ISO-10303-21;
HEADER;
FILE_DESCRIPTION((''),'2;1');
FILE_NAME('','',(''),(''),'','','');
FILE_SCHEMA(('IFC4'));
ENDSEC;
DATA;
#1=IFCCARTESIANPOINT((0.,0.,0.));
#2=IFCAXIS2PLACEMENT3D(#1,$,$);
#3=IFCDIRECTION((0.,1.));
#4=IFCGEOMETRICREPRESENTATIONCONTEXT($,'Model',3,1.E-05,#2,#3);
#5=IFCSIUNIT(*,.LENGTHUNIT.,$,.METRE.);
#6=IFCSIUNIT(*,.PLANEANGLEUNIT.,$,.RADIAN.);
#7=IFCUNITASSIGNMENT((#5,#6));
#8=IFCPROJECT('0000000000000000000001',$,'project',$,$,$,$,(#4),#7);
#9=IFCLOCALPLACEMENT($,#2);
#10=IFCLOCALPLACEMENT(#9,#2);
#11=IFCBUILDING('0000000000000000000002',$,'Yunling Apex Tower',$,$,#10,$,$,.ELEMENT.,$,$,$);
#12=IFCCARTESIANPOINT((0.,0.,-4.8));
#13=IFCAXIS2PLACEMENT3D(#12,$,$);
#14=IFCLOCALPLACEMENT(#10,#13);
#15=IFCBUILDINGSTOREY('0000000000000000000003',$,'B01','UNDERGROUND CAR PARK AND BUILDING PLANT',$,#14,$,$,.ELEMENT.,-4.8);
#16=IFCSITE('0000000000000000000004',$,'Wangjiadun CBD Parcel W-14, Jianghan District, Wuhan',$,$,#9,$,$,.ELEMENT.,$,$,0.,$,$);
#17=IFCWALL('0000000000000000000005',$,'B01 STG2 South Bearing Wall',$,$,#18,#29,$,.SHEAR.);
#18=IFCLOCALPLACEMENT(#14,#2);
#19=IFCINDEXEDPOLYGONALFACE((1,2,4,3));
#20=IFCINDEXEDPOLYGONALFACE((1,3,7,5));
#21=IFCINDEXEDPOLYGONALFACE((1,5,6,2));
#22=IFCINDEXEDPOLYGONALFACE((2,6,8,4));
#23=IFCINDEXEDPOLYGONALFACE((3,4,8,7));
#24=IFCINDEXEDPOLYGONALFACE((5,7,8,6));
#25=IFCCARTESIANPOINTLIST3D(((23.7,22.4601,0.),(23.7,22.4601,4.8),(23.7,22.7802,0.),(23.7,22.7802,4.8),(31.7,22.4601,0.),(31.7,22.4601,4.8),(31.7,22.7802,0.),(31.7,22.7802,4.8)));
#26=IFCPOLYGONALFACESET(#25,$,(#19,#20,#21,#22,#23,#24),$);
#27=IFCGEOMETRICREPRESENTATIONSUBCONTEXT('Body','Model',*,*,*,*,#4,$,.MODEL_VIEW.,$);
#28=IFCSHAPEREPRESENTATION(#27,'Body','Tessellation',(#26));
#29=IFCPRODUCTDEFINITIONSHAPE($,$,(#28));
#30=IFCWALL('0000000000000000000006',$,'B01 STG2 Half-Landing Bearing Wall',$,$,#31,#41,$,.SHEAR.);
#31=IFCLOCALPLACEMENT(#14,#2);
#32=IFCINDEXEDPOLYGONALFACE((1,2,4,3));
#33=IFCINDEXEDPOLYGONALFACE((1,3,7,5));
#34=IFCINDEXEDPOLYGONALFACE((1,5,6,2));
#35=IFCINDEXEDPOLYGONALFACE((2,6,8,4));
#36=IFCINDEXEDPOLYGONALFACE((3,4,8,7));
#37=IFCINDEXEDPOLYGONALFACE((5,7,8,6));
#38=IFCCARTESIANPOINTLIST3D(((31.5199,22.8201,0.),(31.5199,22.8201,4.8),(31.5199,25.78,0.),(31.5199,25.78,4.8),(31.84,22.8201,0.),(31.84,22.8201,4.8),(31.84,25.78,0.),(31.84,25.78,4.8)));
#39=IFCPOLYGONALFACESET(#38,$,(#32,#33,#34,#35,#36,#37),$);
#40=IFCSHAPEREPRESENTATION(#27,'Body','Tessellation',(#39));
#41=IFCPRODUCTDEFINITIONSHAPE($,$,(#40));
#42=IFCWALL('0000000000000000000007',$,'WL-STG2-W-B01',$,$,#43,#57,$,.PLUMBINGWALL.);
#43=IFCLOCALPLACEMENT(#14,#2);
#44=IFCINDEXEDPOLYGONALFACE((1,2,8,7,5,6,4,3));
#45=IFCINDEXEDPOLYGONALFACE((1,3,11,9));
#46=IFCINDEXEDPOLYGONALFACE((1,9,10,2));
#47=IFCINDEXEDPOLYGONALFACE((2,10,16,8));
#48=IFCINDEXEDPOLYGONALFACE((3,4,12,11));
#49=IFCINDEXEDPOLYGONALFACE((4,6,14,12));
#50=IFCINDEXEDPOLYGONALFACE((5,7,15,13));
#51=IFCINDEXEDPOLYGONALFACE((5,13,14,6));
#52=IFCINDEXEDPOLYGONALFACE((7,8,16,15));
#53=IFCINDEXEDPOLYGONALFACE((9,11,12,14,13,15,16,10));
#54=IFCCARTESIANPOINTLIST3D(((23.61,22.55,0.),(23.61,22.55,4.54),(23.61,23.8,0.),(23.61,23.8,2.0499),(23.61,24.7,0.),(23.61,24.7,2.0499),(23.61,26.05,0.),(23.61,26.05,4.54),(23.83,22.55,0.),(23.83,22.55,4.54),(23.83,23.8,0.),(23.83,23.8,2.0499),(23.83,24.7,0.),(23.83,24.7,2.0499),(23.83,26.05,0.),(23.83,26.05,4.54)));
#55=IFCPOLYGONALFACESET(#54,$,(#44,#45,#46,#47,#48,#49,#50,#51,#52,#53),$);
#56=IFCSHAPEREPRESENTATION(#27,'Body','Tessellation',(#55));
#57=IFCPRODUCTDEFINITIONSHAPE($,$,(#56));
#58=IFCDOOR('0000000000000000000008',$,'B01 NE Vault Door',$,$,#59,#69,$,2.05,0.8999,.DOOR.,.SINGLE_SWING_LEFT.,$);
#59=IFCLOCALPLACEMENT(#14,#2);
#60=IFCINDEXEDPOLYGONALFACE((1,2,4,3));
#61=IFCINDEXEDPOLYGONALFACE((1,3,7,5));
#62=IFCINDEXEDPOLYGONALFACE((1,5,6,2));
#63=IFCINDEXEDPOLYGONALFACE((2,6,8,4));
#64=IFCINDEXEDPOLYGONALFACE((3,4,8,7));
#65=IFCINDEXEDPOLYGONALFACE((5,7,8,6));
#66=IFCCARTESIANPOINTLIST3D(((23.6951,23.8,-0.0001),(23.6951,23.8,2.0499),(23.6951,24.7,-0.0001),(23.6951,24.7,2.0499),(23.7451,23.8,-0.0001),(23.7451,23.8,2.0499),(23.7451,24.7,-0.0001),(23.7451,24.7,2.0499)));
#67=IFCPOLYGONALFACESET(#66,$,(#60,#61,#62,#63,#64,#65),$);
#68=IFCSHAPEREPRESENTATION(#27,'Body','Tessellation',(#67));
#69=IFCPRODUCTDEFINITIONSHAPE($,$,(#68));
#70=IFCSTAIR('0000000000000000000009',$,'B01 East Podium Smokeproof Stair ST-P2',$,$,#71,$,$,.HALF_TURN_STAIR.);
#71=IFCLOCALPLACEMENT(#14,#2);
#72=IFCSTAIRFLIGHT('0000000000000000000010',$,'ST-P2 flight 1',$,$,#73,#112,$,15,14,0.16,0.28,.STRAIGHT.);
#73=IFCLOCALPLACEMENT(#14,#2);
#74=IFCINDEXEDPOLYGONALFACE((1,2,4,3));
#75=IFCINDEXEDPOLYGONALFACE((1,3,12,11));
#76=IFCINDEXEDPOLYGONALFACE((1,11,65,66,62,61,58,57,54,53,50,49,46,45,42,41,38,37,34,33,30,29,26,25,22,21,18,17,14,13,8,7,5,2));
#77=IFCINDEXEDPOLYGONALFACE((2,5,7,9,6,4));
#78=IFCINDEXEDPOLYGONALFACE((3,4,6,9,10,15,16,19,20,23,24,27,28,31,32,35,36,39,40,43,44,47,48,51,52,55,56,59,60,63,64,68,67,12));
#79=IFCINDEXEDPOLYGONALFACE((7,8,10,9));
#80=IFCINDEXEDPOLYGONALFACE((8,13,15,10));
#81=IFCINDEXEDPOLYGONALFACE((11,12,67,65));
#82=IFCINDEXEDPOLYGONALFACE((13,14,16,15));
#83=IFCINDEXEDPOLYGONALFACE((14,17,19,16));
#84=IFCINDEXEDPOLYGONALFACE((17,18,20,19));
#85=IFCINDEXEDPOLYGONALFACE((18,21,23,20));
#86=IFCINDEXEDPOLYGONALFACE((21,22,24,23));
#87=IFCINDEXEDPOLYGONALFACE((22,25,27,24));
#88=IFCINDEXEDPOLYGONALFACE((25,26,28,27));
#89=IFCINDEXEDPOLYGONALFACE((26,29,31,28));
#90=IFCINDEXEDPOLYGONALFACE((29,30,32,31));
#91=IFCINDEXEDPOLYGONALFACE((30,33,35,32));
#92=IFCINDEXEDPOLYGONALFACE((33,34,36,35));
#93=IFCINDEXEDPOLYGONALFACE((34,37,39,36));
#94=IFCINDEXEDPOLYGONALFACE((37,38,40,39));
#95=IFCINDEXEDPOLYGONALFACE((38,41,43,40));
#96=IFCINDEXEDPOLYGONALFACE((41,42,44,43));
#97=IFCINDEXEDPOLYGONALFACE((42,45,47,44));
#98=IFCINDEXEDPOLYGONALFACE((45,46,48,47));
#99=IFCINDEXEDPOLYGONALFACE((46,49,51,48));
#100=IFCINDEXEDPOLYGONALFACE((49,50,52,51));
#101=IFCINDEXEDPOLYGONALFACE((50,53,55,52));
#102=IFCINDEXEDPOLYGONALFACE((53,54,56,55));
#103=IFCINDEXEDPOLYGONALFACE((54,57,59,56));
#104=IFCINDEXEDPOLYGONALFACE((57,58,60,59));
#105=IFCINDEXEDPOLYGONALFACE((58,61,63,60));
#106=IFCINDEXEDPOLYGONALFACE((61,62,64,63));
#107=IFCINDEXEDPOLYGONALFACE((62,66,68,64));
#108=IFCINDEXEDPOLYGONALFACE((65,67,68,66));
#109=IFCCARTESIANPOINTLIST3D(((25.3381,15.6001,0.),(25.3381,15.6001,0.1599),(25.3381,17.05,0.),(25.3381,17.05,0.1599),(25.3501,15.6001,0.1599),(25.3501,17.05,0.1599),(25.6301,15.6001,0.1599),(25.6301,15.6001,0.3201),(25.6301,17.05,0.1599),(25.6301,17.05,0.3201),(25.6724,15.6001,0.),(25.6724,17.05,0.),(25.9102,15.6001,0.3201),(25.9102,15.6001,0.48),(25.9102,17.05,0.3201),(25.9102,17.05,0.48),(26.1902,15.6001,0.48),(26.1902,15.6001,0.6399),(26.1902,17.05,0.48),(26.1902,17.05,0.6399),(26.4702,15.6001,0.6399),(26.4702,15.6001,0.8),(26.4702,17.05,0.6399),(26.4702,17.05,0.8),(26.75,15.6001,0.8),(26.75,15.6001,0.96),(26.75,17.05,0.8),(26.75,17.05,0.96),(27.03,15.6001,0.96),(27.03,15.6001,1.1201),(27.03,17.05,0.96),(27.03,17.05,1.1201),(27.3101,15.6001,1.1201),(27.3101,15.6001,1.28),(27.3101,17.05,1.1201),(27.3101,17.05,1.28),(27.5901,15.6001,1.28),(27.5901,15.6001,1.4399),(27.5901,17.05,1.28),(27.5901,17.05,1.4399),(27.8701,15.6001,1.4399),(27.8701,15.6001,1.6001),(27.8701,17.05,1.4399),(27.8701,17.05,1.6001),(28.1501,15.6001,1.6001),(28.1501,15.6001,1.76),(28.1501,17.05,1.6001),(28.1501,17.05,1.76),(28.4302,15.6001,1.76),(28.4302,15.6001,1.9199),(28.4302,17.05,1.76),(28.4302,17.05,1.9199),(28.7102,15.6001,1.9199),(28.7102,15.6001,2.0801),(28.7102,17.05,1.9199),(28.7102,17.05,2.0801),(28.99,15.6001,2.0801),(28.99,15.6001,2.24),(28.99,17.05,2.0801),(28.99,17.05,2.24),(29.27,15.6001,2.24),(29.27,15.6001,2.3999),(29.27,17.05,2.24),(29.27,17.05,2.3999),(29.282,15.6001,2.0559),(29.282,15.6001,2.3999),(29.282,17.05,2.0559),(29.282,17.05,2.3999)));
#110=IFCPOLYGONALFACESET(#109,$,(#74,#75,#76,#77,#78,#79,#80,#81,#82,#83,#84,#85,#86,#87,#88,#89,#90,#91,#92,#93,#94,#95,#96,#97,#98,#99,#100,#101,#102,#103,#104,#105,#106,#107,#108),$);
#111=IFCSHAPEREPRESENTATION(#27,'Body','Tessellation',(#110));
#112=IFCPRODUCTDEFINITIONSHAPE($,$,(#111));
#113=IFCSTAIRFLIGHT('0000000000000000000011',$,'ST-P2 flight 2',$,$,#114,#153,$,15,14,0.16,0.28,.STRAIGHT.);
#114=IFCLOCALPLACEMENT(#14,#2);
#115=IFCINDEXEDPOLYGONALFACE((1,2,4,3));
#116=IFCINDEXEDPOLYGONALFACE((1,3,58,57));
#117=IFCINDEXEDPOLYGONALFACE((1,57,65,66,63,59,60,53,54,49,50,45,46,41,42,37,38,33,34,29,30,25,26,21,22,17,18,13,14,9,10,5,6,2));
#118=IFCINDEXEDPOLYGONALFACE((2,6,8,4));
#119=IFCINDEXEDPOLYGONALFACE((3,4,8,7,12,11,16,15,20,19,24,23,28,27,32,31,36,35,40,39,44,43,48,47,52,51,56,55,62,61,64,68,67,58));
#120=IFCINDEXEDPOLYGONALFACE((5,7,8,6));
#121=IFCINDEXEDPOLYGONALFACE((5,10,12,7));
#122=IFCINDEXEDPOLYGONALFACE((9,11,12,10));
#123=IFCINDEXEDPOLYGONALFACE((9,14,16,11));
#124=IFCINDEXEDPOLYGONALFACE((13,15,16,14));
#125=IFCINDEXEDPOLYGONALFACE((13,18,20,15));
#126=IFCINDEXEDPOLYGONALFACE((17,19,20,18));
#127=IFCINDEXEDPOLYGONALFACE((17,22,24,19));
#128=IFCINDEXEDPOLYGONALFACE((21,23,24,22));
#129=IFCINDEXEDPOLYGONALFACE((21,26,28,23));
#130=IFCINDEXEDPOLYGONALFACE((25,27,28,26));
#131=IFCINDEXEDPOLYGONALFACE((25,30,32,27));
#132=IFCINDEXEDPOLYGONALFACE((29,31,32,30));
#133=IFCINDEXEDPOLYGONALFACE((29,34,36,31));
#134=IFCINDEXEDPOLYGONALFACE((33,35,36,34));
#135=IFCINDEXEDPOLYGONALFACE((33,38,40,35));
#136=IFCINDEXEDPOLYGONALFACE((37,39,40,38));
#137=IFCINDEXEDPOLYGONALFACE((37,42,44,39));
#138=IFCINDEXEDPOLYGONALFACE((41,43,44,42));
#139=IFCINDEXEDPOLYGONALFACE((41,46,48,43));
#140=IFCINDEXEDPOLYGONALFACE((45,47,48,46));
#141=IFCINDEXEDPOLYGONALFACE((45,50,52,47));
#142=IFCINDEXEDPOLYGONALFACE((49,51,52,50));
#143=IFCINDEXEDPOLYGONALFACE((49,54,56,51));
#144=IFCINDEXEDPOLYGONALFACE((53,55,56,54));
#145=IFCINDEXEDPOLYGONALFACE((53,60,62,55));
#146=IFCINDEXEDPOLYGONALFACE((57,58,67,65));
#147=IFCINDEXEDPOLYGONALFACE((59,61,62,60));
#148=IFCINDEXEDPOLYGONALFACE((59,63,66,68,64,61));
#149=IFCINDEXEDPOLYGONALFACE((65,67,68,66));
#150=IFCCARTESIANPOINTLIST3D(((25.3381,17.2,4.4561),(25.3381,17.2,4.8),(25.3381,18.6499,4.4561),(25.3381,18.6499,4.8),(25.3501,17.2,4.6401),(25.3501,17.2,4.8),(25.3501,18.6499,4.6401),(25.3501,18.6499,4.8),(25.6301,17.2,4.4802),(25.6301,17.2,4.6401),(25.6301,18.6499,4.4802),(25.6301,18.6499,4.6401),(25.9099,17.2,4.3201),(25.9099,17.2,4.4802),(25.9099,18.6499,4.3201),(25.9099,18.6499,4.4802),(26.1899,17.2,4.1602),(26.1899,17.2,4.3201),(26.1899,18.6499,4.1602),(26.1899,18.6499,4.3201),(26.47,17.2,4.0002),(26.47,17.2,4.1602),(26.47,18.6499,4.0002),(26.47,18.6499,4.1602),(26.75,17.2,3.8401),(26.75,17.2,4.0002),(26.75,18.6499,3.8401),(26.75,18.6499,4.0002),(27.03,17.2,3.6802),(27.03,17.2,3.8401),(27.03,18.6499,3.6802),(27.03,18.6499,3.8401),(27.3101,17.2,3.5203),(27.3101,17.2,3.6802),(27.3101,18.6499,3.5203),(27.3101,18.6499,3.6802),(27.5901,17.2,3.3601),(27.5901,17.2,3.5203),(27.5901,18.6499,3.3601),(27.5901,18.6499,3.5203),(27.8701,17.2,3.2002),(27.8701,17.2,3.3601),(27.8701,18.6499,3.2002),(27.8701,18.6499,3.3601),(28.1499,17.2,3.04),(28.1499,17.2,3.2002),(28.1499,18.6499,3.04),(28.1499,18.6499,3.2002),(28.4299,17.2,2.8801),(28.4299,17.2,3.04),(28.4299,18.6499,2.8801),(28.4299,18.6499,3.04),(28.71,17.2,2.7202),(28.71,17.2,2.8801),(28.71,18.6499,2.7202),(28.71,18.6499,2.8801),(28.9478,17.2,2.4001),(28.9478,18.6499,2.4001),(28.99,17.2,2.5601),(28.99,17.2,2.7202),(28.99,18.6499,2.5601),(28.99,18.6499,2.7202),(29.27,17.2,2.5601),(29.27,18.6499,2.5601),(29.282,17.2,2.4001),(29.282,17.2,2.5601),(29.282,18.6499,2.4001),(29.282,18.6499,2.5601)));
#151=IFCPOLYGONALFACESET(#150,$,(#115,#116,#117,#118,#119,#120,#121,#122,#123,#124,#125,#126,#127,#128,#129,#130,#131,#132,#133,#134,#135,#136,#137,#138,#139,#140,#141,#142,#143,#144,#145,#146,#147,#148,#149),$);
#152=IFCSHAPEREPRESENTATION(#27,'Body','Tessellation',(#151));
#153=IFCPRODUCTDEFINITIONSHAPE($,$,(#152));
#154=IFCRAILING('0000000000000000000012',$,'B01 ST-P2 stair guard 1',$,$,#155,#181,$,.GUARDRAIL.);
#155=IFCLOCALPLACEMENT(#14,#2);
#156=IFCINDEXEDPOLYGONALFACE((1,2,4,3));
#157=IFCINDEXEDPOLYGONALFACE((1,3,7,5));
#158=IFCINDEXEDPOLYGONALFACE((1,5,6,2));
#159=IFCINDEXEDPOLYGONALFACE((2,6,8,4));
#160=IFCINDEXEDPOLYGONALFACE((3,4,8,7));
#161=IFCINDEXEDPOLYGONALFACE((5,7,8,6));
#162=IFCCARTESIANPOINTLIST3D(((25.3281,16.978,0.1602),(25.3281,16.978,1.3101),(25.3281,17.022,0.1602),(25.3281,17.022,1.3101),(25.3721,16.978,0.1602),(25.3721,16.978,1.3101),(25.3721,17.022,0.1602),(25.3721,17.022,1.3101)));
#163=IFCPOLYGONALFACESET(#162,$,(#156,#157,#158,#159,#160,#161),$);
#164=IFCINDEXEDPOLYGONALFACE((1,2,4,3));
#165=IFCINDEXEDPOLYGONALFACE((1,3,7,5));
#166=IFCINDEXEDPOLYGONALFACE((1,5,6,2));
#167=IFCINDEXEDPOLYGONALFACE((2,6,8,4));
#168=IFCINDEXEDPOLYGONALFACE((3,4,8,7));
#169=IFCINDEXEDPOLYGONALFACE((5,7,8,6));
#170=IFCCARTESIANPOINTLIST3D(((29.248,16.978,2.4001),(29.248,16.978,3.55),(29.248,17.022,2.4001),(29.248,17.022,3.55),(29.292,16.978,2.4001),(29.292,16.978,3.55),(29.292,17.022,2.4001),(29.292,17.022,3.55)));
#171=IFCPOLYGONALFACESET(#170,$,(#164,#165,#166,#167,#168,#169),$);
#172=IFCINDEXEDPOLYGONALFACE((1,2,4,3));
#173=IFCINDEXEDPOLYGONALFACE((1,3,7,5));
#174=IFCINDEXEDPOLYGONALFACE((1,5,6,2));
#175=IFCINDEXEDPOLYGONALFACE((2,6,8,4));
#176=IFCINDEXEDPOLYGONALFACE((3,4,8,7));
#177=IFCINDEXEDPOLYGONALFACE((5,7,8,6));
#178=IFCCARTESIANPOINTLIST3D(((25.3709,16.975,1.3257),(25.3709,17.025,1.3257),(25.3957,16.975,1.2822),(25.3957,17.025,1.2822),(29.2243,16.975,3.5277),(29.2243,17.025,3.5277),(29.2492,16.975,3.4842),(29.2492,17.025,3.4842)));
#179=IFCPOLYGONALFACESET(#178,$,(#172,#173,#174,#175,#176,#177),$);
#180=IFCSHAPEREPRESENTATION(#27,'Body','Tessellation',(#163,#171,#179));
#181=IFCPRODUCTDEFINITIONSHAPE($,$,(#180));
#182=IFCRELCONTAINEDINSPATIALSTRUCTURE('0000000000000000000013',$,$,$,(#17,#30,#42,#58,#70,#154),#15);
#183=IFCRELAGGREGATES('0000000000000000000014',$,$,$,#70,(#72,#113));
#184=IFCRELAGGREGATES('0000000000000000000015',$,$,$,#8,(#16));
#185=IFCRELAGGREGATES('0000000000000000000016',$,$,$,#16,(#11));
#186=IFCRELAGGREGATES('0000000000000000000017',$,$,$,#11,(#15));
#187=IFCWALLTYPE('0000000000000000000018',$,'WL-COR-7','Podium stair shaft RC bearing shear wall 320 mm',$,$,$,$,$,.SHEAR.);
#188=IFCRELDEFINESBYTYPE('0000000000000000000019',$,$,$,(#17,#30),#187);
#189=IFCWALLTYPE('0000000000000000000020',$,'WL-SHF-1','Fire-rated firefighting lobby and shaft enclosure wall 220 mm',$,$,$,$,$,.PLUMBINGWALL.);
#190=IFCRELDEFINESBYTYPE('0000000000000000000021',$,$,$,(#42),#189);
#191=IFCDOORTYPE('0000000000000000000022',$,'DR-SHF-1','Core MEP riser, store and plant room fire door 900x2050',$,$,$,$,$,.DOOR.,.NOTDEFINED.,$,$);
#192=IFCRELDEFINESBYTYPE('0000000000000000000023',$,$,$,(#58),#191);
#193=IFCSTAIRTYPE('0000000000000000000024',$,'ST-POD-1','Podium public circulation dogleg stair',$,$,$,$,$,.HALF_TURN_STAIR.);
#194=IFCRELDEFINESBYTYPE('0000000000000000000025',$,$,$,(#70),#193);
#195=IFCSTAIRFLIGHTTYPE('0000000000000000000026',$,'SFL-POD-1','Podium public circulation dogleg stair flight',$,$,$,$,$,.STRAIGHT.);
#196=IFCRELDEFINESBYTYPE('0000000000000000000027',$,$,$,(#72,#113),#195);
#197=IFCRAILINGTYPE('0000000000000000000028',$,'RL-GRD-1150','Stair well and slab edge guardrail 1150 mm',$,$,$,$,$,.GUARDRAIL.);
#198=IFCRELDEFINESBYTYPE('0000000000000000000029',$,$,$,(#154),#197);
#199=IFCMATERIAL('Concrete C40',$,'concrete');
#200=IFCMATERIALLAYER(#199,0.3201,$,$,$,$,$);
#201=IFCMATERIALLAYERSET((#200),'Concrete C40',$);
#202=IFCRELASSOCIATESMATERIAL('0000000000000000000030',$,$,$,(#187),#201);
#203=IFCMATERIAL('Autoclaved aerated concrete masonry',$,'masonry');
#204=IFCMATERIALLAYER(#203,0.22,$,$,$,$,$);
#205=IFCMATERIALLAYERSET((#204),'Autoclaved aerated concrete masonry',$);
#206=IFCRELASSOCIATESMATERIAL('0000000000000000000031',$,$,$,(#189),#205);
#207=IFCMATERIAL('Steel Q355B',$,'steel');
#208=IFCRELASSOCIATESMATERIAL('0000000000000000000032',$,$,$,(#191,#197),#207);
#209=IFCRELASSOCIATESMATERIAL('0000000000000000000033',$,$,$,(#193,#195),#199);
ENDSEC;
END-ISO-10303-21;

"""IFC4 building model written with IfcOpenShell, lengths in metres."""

from ifc_helpers import new_model, si_unit, direction, frame, frame_2d, origin, origin_2d, place, context, subcontext, project, spatial, polyline, rectangle, outline, extrude, material, layer, layer_set, type_object, element, fill, aggregate, save


model = new_model("IFC4")

# Units and contexts
model_context = context("Model", 3, precision=1e-05, world=origin(), true_north=direction((0.0, 1.0)))
body_context = subcontext(model_context, "Body", "Model", "MODEL_VIEW")
ifc_project = project(units=[si_unit("LENGTHUNIT", "METRE"), si_unit("PLANEANGLEUNIT", "RADIAN")], contexts=[model_context])

# Site, building, storey
site_placement = place(None, origin())
site = spatial("IfcSite", under=ifc_project, at=site_placement, Name="Wangjiadun CBD Parcel W-14, Jianghan District, Wuhan", CompositionType="ELEMENT", RefElevation=0.0)
building_placement = place(site_placement, origin())
building = spatial("IfcBuilding", under=site, at=building_placement, Name="Yunling Apex Tower", CompositionType="ELEMENT")
storey_placement = place(building_placement, frame((0.0, 0.0, -4.8)))
storey = spatial("IfcBuildingStorey", under=building, at=storey_placement, Name="B01", Description="UNDERGROUND CAR PARK AND BUILDING PLANT", CompositionType="ELEMENT", Elevation=-4.8)

# Shared definitions
ifc_material_1 = material(Name="Steel Q355B", Category="steel")

# Walls
ifc_material_2 = material(Name="Concrete C40", Category="concrete")
ifc_layer_1 = layer(ifc_material_2, 0.3201)
ifc_layer_set_1 = layer_set([ifc_layer_1], Name="Concrete C40")
wall_type_1 = type_object("IfcWallType", Name="WL-COR-7", Description="Podium stair shaft RC bearing shear wall 320 mm", PredefinedType="SHEAR", material=ifc_layer_set_1)
for number, where, z_axis, x_axis, name in (
    (1, (23.7, 22.6201, 0.0), (0.0, 0.0, 1.0), (1.0, 0.0, 0.0), "B01 STG2 South Bearing Wall"),
):
    element("IfcWall", number, at=place(storey_placement, frame(where, z_axis=z_axis, x_axis=x_axis)), inside=storey, type_object=wall_type_1, Name=name, PredefinedType="SHEAR", context=body_context, shape_type="SweptSolid", body=[
        extrude(rectangle(XDim=8.0, YDim=0.3201, at=frame_2d((4.0, 0.0))), origin(), (0.0, 0.0, 1.0), 4.8),
    ])
wall_1_placement = place(storey_placement, frame((31.6799, 22.8201, 0.0), z_axis=(0.0, 0.0, 1.0), x_axis=(0.0, 1.0, 0.0)))
element("IfcWall", 2, at=wall_1_placement, inside=storey, type_object=wall_type_1, Name="B01 STG2 Half-Landing Bearing Wall", PredefinedType="SHEAR", context=body_context, shape_type="SweptSolid", body=[
    extrude(rectangle(XDim=2.96, YDim=0.3201, at=frame_2d((1.48, 0.0))), origin(), (0.0, 0.0, 1.0), 4.8),
])

# Wall, opening, door
ifc_material_3 = material(Name="Autoclaved aerated concrete masonry", Category="masonry")
ifc_layer_2 = layer(ifc_material_3, 0.22)
ifc_layer_set_2 = layer_set([ifc_layer_2], Name="Autoclaved aerated concrete masonry")
wall_type_2 = type_object("IfcWallType", Name="WL-SHF-1", Description="Fire-rated firefighting lobby and shaft enclosure wall 220 mm", PredefinedType="PLUMBINGWALL", material=ifc_layer_set_2)
wall_2_placement = place(storey_placement, frame((23.72, 22.55, 0.0), z_axis=(0.0, 0.0, 1.0), x_axis=(0.0, 1.0, 0.0)))
wall_2 = element("IfcWall", 3, at=wall_2_placement, inside=storey, type_object=wall_type_2, Name="WL-STG2-W-B01", PredefinedType="PLUMBINGWALL", context=body_context, shape_type="SweptSolid", body=[
    extrude(rectangle(XDim=3.5, YDim=0.22, at=frame_2d((1.75, 0.0))), origin(), (0.0, 0.0, 1.0), 4.54),
])
opening_1_placement = place(wall_2_placement, frame((1.25, 0.0, 0.0)))
opening_1 = element("IfcOpeningElement", 4, at=opening_1_placement, cuts=wall_2, PredefinedType="OPENING", context=body_context, shape_type="SweptSolid", body=[
    extrude(rectangle(XDim=0.8999, YDim=2.05, at=frame_2d((0.45, 1.0249))), frame((0.0, 0.1201, 0.0), z_axis=(0.0, -1.0, 0.0), x_axis=(1.0, 0.0, 0.0)), (0.0, 0.0, 1.0), 0.24),
])
door_type_1 = type_object("IfcDoorType", Name="DR-SHF-1", Description="Core MEP riser, store and plant room fire door 900x2050", OperationType="NOTDEFINED", PredefinedType="DOOR", material=ifc_material_1)
door_1_placement = place(opening_1_placement, origin())
door_1 = element("IfcDoor", 5, at=door_1_placement, inside=storey, type_object=door_type_1, Name="B01 NE Vault Door", OperationType="SINGLE_SWING_LEFT", OverallHeight=2.05, OverallWidth=0.8999, PredefinedType="DOOR", context=body_context, shape_type="SweptSolid", body=[
    extrude(rectangle(XDim=0.8999, YDim=2.05, at=frame_2d((0.45, 1.0249))), frame((0.0, 0.0249, 0.0), z_axis=(0.0, -1.0, 0.0), x_axis=(1.0, 0.0, 0.0)), (0.0, 0.0, 1.0), 0.05),
])
fill(opening_1, door_1)

# Stair, stair flights
stair_type = type_object("IfcStairType", Name="ST-POD-1", Description="Podium public circulation dogleg stair", PredefinedType="HALF_TURN_STAIR", material=ifc_material_2)
stair_placement = place(storey_placement, origin())
stair = element("IfcStair", 6, at=stair_placement, inside=storey, type_object=stair_type, Name="B01 East Podium Smokeproof Stair ST-P2", PredefinedType="HALF_TURN_STAIR")
stair_flight_type = type_object("IfcStairFlightType", Name="SFL-POD-1", Description="Podium public circulation dogleg stair flight", PredefinedType="STRAIGHT", material=ifc_material_2)
stair_flight_1_placement = place(storey_placement, frame((25.3501, 16.325, 0.0), z_axis=(0.0, 0.0, 1.0), x_axis=(1.0, 0.0, 0.0)))
stair_flight_1 = element("IfcStairFlight", 7, at=stair_flight_1_placement, type_object=stair_flight_type, Name="ST-P2 flight 1", NumberOfRisers=15, NumberOfTreads=14, PredefinedType="STRAIGHT", RiserHeight=0.16, TreadLength=0.28, context=body_context, shape_type="SweptSolid", body=[
    extrude(outline(polyline([(-0.012, 0.0), (-0.012, 0.1599), (0.0, 0.1599), (0.28, 0.1599), (0.28, 0.3201), (0.5601, 0.3201), (0.5601, 0.48), (0.8401, 0.48), (0.8401, 0.6399), (1.1201, 0.6399), (1.1201, 0.8), (1.3999, 0.8), (1.3999, 0.96), (1.6799, 0.96), (1.6799, 1.1201), (1.96, 1.1201), (1.96, 1.28), (2.24, 1.28), (2.24, 1.4399), (2.52, 1.4399), (2.52, 1.6001), (2.8, 1.6001), (2.8, 1.76), (3.0801, 1.76), (3.0801, 1.9199), (3.3601, 1.9199), (3.3601, 2.0801), (3.6399, 2.0801), (3.6399, 2.24), (3.9199, 2.24), (3.9199, 2.3999), (3.9319, 2.3999), (3.9319, 2.0559), (0.3223, 0.0), (-0.012, 0.0)])), frame((0.0, 0.7251, 0.0), z_axis=(0.0, -1.0, 0.0), x_axis=(1.0, 0.0, 0.0)), (0.0, 0.0, 1.0), 1.45),
])
stair_flight_2_placement = place(storey_placement, frame((29.27, 17.925, 2.4001), z_axis=(0.0, 0.0, 1.0), x_axis=(-1.0, 0.0, 0.0)))
stair_flight_2 = element("IfcStairFlight", 8, at=stair_flight_2_placement, type_object=stair_flight_type, Name="ST-P2 flight 2", NumberOfRisers=15, NumberOfTreads=14, PredefinedType="STRAIGHT", RiserHeight=0.16, TreadLength=0.28, context=body_context, shape_type="SweptSolid", body=[
    extrude(outline(polyline([(-0.012, 0.0), (-0.012, 0.1599), (0.0, 0.1599), (0.28, 0.1599), (0.28, 0.3201), (0.5601, 0.3201), (0.5601, 0.48), (0.8401, 0.48), (0.8401, 0.6399), (1.1201, 0.6399), (1.1201, 0.8), (1.3999, 0.8), (1.3999, 0.96), (1.6799, 0.96), (1.6799, 1.1201), (1.96, 1.1201), (1.96, 1.28), (2.24, 1.28), (2.24, 1.4399), (2.52, 1.4399), (2.52, 1.6001), (2.8, 1.6001), (2.8, 1.76), (3.0801, 1.76), (3.0801, 1.9199), (3.3601, 1.9199), (3.3601, 2.0801), (3.6399, 2.0801), (3.6399, 2.24), (3.9199, 2.24), (3.9199, 2.3999), (3.9319, 2.3999), (3.9319, 2.0559), (0.3223, 0.0), (-0.012, 0.0)])), frame((0.0, 0.7251, 0.0), z_axis=(0.0, -1.0, 0.0), x_axis=(1.0, 0.0, 0.0)), (0.0, 0.0, 1.0), 1.45),
])
aggregate(stair, [stair_flight_1, stair_flight_2])

# Railing
railing_type_1 = type_object("IfcRailingType", Name="RL-GRD-1150", Description="Stair well and slab edge guardrail 1150 mm", PredefinedType="GUARDRAIL", material=ifc_material_1)
railing_1_placement = place(storey_placement, frame((25.3501, 17.0, 0.1602)))
element("IfcRailing", 9, at=railing_1_placement, inside=storey, type_object=railing_type_1, Name="B01 ST-P2 stair guard 1", PredefinedType="GUARDRAIL", context=body_context, shape_type="SweptSolid", body=[
    extrude(rectangle(XDim=0.0439, YDim=0.0439, at=origin_2d()), origin(), (0.0, 0.0, 1.0), 1.1499),
    extrude(rectangle(XDim=0.0439, YDim=0.0439, at=origin_2d()), frame((3.9199, 0.0, 2.24)), (0.0, 0.0, 1.0), 1.1499),
    extrude(rectangle(XDim=0.05, YDim=0.05, at=origin_2d()), frame((0.0332, 0.0, 1.1438), z_axis=(0.86824, 0.0, 0.496145), x_axis=(0.0, 1.0, 0.0)), (0.0, 0.0, 1.0), 4.4382),
])

save(model, "model.ifc")
